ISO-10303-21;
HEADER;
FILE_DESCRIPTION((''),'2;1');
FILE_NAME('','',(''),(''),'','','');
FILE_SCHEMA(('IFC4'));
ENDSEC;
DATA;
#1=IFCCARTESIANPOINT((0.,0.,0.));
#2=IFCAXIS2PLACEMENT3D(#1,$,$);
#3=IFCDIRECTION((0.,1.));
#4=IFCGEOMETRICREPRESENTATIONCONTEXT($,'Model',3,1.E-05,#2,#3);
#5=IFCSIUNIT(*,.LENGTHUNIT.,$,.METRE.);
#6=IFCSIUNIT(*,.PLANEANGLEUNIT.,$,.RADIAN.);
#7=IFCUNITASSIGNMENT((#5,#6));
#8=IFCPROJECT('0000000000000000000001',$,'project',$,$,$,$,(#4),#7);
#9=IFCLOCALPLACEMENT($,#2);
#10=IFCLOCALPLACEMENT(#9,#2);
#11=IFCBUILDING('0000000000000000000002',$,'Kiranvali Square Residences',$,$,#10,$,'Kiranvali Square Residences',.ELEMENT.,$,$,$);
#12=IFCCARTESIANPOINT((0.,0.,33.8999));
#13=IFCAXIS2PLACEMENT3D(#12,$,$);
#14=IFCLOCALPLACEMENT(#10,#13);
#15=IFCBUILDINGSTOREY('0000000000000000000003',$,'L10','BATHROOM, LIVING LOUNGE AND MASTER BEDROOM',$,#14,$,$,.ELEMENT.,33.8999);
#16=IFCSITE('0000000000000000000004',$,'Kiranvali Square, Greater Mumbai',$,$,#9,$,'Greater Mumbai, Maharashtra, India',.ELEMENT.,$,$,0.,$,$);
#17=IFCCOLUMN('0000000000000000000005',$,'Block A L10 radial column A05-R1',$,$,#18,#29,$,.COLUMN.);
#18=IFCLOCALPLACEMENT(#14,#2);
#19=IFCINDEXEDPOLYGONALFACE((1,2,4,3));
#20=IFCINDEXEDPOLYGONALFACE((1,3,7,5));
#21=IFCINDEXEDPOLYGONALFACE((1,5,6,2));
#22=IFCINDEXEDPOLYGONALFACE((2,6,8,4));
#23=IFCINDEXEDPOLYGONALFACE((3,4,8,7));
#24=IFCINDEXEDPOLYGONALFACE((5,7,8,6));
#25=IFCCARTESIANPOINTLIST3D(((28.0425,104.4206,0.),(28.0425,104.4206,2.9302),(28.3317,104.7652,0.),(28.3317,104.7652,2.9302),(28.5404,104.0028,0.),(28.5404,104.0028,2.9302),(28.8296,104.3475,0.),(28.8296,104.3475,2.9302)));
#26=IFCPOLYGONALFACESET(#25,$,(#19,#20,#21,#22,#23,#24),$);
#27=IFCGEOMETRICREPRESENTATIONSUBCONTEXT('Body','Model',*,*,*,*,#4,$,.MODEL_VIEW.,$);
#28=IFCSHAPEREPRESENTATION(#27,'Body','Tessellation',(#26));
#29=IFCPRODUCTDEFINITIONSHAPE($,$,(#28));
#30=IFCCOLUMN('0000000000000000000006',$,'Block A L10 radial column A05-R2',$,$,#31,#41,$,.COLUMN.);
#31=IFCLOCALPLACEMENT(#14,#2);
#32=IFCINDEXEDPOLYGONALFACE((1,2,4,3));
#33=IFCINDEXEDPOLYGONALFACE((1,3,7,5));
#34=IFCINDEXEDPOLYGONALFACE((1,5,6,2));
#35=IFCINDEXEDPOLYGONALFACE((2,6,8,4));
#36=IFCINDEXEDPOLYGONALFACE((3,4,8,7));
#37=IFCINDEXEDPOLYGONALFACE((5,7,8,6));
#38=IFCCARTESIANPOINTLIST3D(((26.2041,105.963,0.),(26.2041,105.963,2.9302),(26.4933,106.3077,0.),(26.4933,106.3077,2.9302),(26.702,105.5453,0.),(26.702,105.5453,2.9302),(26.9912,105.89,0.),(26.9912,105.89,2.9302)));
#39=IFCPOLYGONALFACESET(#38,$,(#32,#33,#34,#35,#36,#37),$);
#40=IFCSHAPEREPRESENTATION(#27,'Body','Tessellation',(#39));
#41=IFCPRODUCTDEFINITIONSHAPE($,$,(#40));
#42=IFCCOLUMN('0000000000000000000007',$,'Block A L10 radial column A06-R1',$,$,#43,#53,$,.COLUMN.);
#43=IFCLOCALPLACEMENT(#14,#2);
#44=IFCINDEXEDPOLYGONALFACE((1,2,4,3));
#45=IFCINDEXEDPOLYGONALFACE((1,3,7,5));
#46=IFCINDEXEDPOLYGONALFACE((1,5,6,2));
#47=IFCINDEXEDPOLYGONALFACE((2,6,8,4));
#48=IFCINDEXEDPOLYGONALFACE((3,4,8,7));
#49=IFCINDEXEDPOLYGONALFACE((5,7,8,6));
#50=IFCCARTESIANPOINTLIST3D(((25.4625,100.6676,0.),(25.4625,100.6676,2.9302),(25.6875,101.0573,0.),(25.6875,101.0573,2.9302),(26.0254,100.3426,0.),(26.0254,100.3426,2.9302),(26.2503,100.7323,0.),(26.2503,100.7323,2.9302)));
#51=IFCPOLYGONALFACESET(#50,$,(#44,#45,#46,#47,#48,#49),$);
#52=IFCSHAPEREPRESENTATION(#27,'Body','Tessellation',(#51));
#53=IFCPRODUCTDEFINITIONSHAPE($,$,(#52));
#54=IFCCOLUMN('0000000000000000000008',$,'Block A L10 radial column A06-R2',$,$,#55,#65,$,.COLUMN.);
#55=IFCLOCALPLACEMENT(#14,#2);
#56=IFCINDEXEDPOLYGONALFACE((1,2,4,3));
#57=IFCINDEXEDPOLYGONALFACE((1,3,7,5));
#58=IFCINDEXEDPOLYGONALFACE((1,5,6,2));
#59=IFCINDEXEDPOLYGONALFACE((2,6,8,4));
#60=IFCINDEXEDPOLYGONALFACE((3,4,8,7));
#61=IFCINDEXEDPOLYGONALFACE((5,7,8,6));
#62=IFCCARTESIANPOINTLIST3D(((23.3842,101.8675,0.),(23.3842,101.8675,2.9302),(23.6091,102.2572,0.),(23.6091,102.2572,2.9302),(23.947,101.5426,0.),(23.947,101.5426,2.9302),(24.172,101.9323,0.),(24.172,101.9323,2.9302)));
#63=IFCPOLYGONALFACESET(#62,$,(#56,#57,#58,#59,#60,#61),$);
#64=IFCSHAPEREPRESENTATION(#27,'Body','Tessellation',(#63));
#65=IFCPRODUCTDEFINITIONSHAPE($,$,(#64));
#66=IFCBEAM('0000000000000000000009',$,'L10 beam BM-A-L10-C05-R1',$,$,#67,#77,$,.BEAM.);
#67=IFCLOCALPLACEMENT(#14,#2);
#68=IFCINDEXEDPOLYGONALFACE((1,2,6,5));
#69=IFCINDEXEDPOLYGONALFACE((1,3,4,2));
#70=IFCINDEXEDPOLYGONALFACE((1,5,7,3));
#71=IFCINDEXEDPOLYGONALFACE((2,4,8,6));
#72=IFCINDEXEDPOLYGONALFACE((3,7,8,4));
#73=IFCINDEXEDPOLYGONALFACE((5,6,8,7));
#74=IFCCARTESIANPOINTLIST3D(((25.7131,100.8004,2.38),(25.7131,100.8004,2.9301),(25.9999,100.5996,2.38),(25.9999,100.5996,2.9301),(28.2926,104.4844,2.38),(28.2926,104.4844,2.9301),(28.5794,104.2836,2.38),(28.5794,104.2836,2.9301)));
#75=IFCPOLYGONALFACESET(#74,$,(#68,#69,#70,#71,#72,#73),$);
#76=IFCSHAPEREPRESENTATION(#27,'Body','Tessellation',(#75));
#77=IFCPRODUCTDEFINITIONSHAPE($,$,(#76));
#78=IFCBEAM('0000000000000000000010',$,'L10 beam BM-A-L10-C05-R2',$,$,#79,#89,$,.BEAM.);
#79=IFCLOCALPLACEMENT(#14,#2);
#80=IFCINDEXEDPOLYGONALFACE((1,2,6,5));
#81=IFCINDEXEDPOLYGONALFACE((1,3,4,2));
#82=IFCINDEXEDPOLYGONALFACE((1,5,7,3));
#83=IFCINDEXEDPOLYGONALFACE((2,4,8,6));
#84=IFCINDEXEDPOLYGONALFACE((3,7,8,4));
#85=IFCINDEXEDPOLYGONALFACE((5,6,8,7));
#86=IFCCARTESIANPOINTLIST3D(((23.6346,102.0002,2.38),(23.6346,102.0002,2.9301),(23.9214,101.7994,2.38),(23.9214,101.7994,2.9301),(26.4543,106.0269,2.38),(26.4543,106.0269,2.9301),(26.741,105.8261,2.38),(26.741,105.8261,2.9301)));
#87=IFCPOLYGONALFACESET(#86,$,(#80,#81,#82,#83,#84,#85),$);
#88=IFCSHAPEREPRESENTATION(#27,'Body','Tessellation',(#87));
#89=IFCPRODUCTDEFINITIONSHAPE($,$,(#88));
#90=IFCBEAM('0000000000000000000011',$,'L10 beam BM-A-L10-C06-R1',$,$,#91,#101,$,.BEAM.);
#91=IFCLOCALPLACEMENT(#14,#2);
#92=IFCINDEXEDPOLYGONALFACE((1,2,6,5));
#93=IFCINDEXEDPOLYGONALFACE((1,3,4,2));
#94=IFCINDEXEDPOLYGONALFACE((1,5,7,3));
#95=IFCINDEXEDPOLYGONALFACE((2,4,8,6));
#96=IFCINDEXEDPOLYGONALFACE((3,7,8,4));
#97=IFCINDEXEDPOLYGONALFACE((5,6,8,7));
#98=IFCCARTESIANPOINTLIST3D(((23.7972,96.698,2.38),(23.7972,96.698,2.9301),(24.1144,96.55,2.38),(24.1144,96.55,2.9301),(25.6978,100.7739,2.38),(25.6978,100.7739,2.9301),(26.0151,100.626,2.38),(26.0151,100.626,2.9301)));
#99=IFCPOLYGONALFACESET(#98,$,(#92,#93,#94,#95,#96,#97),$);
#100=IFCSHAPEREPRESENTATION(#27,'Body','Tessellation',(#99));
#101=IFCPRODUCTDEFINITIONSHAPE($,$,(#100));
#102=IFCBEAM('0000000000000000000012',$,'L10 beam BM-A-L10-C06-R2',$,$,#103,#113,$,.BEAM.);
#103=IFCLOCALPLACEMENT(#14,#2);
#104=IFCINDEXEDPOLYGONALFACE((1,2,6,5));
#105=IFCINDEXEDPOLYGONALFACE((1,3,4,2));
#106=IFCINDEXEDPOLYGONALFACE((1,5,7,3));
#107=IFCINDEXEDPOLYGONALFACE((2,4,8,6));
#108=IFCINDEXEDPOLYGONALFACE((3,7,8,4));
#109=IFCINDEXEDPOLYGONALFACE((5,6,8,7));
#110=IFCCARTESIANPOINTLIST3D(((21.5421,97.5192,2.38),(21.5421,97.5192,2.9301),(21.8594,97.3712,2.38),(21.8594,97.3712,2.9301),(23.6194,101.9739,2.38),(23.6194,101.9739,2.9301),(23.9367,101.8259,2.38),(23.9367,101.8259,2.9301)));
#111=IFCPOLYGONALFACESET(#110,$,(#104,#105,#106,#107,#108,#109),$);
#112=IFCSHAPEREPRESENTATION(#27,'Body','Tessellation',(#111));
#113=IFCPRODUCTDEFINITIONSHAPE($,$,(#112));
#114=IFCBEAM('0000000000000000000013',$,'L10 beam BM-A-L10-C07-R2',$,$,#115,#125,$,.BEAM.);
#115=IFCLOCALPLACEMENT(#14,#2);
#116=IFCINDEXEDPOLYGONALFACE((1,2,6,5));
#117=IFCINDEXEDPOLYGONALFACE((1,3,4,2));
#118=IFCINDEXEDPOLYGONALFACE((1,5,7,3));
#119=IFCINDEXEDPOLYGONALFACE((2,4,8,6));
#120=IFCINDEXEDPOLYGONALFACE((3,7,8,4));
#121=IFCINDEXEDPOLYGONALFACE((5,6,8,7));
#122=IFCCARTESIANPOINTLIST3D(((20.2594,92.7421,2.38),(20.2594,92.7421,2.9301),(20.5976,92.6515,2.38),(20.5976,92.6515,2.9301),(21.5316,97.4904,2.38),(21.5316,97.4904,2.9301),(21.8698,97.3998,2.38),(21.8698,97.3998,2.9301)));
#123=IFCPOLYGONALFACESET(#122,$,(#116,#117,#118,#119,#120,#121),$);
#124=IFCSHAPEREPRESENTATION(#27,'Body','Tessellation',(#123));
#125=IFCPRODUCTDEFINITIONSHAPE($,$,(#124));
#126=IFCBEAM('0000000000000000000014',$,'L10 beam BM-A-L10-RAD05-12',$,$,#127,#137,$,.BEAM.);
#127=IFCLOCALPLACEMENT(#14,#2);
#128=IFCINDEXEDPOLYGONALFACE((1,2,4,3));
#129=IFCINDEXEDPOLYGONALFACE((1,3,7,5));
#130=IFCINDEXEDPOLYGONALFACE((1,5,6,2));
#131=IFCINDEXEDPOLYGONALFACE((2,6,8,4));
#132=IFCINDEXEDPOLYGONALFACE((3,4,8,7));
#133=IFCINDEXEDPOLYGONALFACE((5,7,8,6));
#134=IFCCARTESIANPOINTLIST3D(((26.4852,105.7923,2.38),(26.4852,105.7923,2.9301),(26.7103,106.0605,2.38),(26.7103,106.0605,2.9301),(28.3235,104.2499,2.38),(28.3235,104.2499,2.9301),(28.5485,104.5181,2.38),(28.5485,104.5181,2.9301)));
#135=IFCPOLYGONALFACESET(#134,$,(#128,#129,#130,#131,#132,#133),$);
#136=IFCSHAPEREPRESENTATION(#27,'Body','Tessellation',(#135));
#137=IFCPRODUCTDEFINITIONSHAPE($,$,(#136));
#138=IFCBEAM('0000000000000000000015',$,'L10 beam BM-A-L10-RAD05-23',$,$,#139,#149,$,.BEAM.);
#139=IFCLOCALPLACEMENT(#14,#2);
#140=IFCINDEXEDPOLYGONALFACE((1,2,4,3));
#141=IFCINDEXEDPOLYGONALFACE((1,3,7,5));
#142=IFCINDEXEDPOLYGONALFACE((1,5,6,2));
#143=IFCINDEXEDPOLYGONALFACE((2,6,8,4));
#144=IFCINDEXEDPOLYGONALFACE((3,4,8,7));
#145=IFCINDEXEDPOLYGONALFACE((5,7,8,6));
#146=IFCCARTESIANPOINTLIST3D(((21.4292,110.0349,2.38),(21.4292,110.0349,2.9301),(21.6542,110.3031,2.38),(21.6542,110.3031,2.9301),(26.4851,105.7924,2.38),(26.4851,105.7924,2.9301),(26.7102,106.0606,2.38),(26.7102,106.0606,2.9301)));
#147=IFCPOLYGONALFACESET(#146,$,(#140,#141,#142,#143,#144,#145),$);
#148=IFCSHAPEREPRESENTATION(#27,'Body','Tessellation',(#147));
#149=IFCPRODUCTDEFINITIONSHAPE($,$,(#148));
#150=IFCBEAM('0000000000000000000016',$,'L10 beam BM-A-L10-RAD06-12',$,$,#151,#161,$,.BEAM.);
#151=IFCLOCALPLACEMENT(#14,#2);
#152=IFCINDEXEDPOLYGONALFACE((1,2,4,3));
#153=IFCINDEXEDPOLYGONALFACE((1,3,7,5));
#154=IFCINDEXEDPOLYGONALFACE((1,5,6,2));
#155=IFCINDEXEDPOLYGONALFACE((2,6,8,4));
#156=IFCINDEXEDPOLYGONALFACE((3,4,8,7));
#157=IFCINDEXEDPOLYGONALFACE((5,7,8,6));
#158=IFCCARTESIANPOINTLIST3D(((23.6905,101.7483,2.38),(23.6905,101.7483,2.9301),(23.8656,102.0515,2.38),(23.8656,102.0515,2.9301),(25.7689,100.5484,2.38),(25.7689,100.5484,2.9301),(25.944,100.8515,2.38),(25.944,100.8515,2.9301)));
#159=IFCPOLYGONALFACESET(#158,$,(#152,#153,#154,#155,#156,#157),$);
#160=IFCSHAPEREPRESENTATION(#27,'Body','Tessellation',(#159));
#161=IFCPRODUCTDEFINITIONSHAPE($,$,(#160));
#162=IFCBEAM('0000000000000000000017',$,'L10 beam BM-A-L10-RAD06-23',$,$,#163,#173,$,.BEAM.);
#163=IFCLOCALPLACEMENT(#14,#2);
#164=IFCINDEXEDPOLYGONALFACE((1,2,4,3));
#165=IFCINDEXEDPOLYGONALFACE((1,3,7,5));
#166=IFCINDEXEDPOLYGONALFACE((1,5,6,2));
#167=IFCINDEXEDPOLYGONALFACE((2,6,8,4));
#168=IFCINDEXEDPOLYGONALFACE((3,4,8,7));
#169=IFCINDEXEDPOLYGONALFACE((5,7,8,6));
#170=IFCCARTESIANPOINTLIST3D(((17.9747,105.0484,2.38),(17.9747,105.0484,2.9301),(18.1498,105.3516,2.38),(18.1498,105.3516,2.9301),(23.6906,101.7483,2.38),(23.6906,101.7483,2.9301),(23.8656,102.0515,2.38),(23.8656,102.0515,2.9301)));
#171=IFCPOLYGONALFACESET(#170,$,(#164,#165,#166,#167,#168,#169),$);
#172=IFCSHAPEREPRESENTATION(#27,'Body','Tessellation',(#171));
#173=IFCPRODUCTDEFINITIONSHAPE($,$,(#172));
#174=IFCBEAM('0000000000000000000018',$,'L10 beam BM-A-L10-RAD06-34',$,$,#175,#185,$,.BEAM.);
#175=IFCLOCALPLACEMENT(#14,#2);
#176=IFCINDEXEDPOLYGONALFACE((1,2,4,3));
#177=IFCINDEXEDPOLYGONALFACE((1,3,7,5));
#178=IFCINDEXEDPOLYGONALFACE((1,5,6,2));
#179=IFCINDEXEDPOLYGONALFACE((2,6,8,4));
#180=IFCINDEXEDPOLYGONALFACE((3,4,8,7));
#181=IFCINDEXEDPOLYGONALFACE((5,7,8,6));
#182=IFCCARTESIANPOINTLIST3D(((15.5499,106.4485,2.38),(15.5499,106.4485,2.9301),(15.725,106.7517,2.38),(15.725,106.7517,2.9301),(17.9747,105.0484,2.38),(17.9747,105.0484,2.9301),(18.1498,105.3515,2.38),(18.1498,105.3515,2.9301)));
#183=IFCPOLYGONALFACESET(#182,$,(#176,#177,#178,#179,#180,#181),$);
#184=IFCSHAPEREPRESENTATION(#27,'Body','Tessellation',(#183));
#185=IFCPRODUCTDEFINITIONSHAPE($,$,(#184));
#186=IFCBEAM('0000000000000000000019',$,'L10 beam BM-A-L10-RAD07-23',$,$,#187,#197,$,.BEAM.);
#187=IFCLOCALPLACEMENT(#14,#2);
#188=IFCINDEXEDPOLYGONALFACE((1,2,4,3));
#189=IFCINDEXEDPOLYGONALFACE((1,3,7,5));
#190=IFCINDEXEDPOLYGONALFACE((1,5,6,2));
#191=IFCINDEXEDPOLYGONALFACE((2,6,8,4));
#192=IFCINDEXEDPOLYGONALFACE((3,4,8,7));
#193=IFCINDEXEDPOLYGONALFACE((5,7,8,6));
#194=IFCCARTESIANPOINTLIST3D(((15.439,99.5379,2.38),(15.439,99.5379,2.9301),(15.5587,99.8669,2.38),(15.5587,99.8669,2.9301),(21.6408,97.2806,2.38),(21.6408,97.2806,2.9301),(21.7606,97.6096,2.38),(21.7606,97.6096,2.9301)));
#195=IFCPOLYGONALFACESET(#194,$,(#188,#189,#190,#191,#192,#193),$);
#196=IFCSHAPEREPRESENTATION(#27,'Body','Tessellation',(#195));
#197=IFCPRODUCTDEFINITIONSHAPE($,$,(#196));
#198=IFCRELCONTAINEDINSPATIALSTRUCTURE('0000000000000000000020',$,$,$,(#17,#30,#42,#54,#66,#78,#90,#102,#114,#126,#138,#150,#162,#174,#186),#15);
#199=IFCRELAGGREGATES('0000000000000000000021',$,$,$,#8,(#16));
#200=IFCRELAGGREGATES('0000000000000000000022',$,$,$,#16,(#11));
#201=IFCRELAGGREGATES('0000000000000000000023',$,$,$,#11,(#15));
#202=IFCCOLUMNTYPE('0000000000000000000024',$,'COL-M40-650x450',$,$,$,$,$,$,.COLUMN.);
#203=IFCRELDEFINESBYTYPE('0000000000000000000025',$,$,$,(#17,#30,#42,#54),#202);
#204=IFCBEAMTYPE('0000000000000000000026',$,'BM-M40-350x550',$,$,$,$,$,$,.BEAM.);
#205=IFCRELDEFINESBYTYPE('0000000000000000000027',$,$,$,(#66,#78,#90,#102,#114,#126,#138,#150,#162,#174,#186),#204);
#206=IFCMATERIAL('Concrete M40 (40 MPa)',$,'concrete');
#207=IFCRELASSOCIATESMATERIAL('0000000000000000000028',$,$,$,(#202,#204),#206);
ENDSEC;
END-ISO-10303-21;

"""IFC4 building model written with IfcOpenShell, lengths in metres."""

from ifc_helpers import new_model, si_unit, direction, frame, origin, origin_2d, place, context, subcontext, project, spatial, rectangle, extrude, material, material_profile, profile_set, type_object, element, save


model = new_model("IFC4")

# Units and contexts
model_context = context("Model", 3, precision=1e-05, world=origin(), true_north=direction((0.0, 1.0)))
body_context = subcontext(model_context, "Body", "Model", "MODEL_VIEW")
ifc_project = project(units=[si_unit("LENGTHUNIT", "METRE"), si_unit("PLANEANGLEUNIT", "RADIAN")], contexts=[model_context])

# Site, building, storey
site_placement = place(None, origin())
site = spatial("IfcSite", under=ifc_project, at=site_placement, Name="Kiranvali Square, Greater Mumbai", LongName="Greater Mumbai, Maharashtra, India", CompositionType="ELEMENT", RefElevation=0.0)
building_placement = place(site_placement, origin())
building = spatial("IfcBuilding", under=site, at=building_placement, Name="Kiranvali Square Residences", LongName="Kiranvali Square Residences", CompositionType="ELEMENT")
storey_placement = place(building_placement, frame((0.0, 0.0, 33.8999)))
storey = spatial("IfcBuildingStorey", under=building, at=storey_placement, Name="L10", Description="BATHROOM, LIVING LOUNGE AND MASTER BEDROOM", CompositionType="ELEMENT", Elevation=33.8999)

# Columns
ifc_material_1 = material(Name="Concrete M40 (40 MPa)", Category="concrete")
ifc_material_profile_1 = material_profile(ifc_material_1, rectangle(XDim=0.45, YDim=0.6499, at=origin_2d()), Name="RC 650x450")
ifc_profile_set_1 = profile_set([ifc_material_profile_1], Name="Concrete M40 (40 MPa)")
column_type = type_object("IfcColumnType", Name="COL-M40-650x450", PredefinedType="COLUMN", material=ifc_profile_set_1)
for number, where, z_axis, x_axis, name in (
    (1, (28.436, 104.384, 0.0), (0.0, 0.0, 1.0), (0.642788, 0.766044, 0.0), "Block A L10 radial column A05-R1"),
    (2, (26.5977, 105.9265, 0.0), (0.0, 0.0, 1.0), (0.642788, 0.766044, 0.0), "Block A L10 radial column A05-R2"),
    (3, (25.8564, 100.7, 0.0), (0.0, 0.0, 1.0), (0.5, 0.866025, 0.0), "Block A L10 radial column A06-R1"),
    (4, (23.7781, 101.8999, 0.0), (0.0, 0.0, 1.0), (0.5, 0.866025, 0.0), "Block A L10 radial column A06-R2"),
):
    element("IfcColumn", number, at=place(storey_placement, frame(where, z_axis=z_axis, x_axis=x_axis)), inside=storey, type_object=column_type, Name=name, PredefinedType="COLUMN", context=body_context, shape_type="SweptSolid", body=[
        extrude(rectangle(XDim=0.45, YDim=0.6499, at=origin_2d()), origin(), (0.0, 0.0, 1.0), 2.9302),
    ])

# Beams
ifc_material_profile_2 = material_profile(ifc_material_1, rectangle(XDim=0.3501, YDim=0.55, at=origin_2d()), Name="RC 350x550")
ifc_profile_set_2 = profile_set([ifc_material_profile_2], Name="Concrete M40 (40 MPa)")
beam_type = type_object("IfcBeamType", Name="BM-M40-350x550", PredefinedType="BEAM", material=ifc_profile_set_2)
beam_1_placement = place(storey_placement, frame((28.436, 104.384, 2.655), z_axis=(-0.573572, -0.819155, 0.0), x_axis=(0.819155, -0.573572, 0.0)))
element("IfcBeam", 5, at=beam_1_placement, inside=storey, type_object=beam_type, Name="L10 beam BM-A-L10-C05-R1", PredefinedType="BEAM", context=body_context, shape_type="SweptSolid", body=[
    extrude(rectangle(XDim=0.3501, YDim=0.55, at=origin_2d()), origin(), (0.0, 0.0, 1.0), 4.4973),
])
beam_2_placement = place(storey_placement, frame((26.5977, 105.9265, 2.655), z_axis=(-0.573592, -0.819141, 0.0), x_axis=(0.819141, -0.573592, 0.0)))
element("IfcBeam", 6, at=beam_2_placement, inside=storey, type_object=beam_type, Name="L10 beam BM-A-L10-C05-R2", PredefinedType="BEAM", context=body_context, shape_type="SweptSolid", body=[
    extrude(rectangle(XDim=0.3501, YDim=0.55, at=origin_2d()), origin(), (0.0, 0.0, 1.0), 4.9158),
])
beam_3_placement = place(storey_placement, frame((25.8564, 100.7, 2.655), z_axis=(-0.422618, -0.906308, 0.0), x_axis=(0.906308, -0.422618, 0.0)))
element("IfcBeam", 7, at=beam_3_placement, inside=storey, type_object=beam_type, Name="L10 beam BM-A-L10-C06-R1", PredefinedType="BEAM", context=body_context, shape_type="SweptSolid", body=[
    extrude(rectangle(XDim=0.3501, YDim=0.55, at=origin_2d()), origin(), (0.0, 0.0, 1.0), 4.4973),
])
beam_4_placement = place(storey_placement, frame((23.7781, 101.8999, 2.655), z_axis=(-0.42263, -0.906302, 0.0), x_axis=(0.906302, -0.42263, 0.0)))
element("IfcBeam", 8, at=beam_4_placement, inside=storey, type_object=beam_type, Name="L10 beam BM-A-L10-C06-R2", PredefinedType="BEAM", context=body_context, shape_type="SweptSolid", body=[
    extrude(rectangle(XDim=0.3501, YDim=0.55, at=origin_2d()), origin(), (0.0, 0.0, 1.0), 4.9153),
])
beam_5_placement = place(storey_placement, frame((21.7007, 97.4451, 2.655), z_axis=(-0.258803, -0.96593, 0.0), x_axis=(0.96593, -0.258803, 0.0)))
element("IfcBeam", 9, at=beam_5_placement, inside=storey, type_object=beam_type, Name="L10 beam BM-A-L10-C07-R2", PredefinedType="BEAM", context=body_context, shape_type="SweptSolid", body=[
    extrude(rectangle(XDim=0.3501, YDim=0.55, at=origin_2d()), origin(), (0.0, 0.0, 1.0), 4.9158),
])
beam_6_placement = place(storey_placement, frame((28.436, 104.384, 2.655), z_axis=(-0.766065, 0.642763, 0.0), x_axis=(-0.642763, -0.766065, 0.0)))
element("IfcBeam", 10, at=beam_6_placement, inside=storey, type_object=beam_type, Name="L10 beam BM-A-L10-RAD05-12", PredefinedType="BEAM", context=body_context, shape_type="SweptSolid", body=[
    extrude(rectangle(XDim=0.3501, YDim=0.55, at=origin_2d()), origin(), (0.0, 0.0, 1.0), 2.3997),
])
beam_7_placement = place(storey_placement, frame((26.5977, 105.9265, 2.655), z_axis=(-0.766043, 0.642789, 0.0), x_axis=(-0.642789, -0.766043, 0.0)))
element("IfcBeam", 11, at=beam_7_placement, inside=storey, type_object=beam_type, Name="L10 beam BM-A-L10-RAD05-23", PredefinedType="BEAM", context=body_context, shape_type="SweptSolid", body=[
    extrude(rectangle(XDim=0.3501, YDim=0.55, at=origin_2d()), origin(), (0.0, 0.0, 1.0), 6.6001),
])
beam_8_placement = place(storey_placement, frame((25.8564, 100.7, 2.655), z_axis=(-0.866025, 0.500001, 0.0), x_axis=(-0.500001, -0.866025, 0.0)))
element("IfcBeam", 12, at=beam_8_placement, inside=storey, type_object=beam_type, Name="L10 beam BM-A-L10-RAD06-12", PredefinedType="BEAM", context=body_context, shape_type="SweptSolid", body=[
    extrude(rectangle(XDim=0.3501, YDim=0.55, at=origin_2d()), origin(), (0.0, 0.0, 1.0), 2.3999),
])
beam_9_placement = place(storey_placement, frame((23.7781, 101.8999, 2.655), z_axis=(-0.866024, 0.500002, 0.0), x_axis=(-0.500002, -0.866024, 0.0)))
element("IfcBeam", 13, at=beam_9_placement, inside=storey, type_object=beam_type, Name="L10 beam BM-A-L10-RAD06-23", PredefinedType="BEAM", context=body_context, shape_type="SweptSolid", body=[
    extrude(rectangle(XDim=0.3501, YDim=0.55, at=origin_2d()), origin(), (0.0, 0.0, 1.0), 6.6001),
])
beam_10_placement = place(storey_placement, frame((18.0623, 105.2, 2.655), z_axis=(-0.865997, 0.50005, 0.0), x_axis=(-0.50005, -0.865997, 0.0)))
element("IfcBeam", 14, at=beam_10_placement, inside=storey, type_object=beam_type, Name="L10 beam BM-A-L10-RAD06-34", PredefinedType="BEAM", context=body_context, shape_type="SweptSolid", body=[
    extrude(rectangle(XDim=0.3501, YDim=0.55, at=origin_2d()), origin(), (0.0, 0.0, 1.0), 2.8),
])
beam_11_placement = place(storey_placement, frame((21.7007, 97.4451, 2.655), z_axis=(-0.939692, 0.342022, 0.0), x_axis=(-0.342022, -0.939692, 0.0)))
element("IfcBeam", 15, at=beam_11_placement, inside=storey, type_object=beam_type, Name="L10 beam BM-A-L10-RAD07-23", PredefinedType="BEAM", context=body_context, shape_type="SweptSolid", body=[
    extrude(rectangle(XDim=0.3501, YDim=0.55, at=origin_2d()), origin(), (0.0, 0.0, 1.0), 6.5999),
])

save(model, "model.ifc")
